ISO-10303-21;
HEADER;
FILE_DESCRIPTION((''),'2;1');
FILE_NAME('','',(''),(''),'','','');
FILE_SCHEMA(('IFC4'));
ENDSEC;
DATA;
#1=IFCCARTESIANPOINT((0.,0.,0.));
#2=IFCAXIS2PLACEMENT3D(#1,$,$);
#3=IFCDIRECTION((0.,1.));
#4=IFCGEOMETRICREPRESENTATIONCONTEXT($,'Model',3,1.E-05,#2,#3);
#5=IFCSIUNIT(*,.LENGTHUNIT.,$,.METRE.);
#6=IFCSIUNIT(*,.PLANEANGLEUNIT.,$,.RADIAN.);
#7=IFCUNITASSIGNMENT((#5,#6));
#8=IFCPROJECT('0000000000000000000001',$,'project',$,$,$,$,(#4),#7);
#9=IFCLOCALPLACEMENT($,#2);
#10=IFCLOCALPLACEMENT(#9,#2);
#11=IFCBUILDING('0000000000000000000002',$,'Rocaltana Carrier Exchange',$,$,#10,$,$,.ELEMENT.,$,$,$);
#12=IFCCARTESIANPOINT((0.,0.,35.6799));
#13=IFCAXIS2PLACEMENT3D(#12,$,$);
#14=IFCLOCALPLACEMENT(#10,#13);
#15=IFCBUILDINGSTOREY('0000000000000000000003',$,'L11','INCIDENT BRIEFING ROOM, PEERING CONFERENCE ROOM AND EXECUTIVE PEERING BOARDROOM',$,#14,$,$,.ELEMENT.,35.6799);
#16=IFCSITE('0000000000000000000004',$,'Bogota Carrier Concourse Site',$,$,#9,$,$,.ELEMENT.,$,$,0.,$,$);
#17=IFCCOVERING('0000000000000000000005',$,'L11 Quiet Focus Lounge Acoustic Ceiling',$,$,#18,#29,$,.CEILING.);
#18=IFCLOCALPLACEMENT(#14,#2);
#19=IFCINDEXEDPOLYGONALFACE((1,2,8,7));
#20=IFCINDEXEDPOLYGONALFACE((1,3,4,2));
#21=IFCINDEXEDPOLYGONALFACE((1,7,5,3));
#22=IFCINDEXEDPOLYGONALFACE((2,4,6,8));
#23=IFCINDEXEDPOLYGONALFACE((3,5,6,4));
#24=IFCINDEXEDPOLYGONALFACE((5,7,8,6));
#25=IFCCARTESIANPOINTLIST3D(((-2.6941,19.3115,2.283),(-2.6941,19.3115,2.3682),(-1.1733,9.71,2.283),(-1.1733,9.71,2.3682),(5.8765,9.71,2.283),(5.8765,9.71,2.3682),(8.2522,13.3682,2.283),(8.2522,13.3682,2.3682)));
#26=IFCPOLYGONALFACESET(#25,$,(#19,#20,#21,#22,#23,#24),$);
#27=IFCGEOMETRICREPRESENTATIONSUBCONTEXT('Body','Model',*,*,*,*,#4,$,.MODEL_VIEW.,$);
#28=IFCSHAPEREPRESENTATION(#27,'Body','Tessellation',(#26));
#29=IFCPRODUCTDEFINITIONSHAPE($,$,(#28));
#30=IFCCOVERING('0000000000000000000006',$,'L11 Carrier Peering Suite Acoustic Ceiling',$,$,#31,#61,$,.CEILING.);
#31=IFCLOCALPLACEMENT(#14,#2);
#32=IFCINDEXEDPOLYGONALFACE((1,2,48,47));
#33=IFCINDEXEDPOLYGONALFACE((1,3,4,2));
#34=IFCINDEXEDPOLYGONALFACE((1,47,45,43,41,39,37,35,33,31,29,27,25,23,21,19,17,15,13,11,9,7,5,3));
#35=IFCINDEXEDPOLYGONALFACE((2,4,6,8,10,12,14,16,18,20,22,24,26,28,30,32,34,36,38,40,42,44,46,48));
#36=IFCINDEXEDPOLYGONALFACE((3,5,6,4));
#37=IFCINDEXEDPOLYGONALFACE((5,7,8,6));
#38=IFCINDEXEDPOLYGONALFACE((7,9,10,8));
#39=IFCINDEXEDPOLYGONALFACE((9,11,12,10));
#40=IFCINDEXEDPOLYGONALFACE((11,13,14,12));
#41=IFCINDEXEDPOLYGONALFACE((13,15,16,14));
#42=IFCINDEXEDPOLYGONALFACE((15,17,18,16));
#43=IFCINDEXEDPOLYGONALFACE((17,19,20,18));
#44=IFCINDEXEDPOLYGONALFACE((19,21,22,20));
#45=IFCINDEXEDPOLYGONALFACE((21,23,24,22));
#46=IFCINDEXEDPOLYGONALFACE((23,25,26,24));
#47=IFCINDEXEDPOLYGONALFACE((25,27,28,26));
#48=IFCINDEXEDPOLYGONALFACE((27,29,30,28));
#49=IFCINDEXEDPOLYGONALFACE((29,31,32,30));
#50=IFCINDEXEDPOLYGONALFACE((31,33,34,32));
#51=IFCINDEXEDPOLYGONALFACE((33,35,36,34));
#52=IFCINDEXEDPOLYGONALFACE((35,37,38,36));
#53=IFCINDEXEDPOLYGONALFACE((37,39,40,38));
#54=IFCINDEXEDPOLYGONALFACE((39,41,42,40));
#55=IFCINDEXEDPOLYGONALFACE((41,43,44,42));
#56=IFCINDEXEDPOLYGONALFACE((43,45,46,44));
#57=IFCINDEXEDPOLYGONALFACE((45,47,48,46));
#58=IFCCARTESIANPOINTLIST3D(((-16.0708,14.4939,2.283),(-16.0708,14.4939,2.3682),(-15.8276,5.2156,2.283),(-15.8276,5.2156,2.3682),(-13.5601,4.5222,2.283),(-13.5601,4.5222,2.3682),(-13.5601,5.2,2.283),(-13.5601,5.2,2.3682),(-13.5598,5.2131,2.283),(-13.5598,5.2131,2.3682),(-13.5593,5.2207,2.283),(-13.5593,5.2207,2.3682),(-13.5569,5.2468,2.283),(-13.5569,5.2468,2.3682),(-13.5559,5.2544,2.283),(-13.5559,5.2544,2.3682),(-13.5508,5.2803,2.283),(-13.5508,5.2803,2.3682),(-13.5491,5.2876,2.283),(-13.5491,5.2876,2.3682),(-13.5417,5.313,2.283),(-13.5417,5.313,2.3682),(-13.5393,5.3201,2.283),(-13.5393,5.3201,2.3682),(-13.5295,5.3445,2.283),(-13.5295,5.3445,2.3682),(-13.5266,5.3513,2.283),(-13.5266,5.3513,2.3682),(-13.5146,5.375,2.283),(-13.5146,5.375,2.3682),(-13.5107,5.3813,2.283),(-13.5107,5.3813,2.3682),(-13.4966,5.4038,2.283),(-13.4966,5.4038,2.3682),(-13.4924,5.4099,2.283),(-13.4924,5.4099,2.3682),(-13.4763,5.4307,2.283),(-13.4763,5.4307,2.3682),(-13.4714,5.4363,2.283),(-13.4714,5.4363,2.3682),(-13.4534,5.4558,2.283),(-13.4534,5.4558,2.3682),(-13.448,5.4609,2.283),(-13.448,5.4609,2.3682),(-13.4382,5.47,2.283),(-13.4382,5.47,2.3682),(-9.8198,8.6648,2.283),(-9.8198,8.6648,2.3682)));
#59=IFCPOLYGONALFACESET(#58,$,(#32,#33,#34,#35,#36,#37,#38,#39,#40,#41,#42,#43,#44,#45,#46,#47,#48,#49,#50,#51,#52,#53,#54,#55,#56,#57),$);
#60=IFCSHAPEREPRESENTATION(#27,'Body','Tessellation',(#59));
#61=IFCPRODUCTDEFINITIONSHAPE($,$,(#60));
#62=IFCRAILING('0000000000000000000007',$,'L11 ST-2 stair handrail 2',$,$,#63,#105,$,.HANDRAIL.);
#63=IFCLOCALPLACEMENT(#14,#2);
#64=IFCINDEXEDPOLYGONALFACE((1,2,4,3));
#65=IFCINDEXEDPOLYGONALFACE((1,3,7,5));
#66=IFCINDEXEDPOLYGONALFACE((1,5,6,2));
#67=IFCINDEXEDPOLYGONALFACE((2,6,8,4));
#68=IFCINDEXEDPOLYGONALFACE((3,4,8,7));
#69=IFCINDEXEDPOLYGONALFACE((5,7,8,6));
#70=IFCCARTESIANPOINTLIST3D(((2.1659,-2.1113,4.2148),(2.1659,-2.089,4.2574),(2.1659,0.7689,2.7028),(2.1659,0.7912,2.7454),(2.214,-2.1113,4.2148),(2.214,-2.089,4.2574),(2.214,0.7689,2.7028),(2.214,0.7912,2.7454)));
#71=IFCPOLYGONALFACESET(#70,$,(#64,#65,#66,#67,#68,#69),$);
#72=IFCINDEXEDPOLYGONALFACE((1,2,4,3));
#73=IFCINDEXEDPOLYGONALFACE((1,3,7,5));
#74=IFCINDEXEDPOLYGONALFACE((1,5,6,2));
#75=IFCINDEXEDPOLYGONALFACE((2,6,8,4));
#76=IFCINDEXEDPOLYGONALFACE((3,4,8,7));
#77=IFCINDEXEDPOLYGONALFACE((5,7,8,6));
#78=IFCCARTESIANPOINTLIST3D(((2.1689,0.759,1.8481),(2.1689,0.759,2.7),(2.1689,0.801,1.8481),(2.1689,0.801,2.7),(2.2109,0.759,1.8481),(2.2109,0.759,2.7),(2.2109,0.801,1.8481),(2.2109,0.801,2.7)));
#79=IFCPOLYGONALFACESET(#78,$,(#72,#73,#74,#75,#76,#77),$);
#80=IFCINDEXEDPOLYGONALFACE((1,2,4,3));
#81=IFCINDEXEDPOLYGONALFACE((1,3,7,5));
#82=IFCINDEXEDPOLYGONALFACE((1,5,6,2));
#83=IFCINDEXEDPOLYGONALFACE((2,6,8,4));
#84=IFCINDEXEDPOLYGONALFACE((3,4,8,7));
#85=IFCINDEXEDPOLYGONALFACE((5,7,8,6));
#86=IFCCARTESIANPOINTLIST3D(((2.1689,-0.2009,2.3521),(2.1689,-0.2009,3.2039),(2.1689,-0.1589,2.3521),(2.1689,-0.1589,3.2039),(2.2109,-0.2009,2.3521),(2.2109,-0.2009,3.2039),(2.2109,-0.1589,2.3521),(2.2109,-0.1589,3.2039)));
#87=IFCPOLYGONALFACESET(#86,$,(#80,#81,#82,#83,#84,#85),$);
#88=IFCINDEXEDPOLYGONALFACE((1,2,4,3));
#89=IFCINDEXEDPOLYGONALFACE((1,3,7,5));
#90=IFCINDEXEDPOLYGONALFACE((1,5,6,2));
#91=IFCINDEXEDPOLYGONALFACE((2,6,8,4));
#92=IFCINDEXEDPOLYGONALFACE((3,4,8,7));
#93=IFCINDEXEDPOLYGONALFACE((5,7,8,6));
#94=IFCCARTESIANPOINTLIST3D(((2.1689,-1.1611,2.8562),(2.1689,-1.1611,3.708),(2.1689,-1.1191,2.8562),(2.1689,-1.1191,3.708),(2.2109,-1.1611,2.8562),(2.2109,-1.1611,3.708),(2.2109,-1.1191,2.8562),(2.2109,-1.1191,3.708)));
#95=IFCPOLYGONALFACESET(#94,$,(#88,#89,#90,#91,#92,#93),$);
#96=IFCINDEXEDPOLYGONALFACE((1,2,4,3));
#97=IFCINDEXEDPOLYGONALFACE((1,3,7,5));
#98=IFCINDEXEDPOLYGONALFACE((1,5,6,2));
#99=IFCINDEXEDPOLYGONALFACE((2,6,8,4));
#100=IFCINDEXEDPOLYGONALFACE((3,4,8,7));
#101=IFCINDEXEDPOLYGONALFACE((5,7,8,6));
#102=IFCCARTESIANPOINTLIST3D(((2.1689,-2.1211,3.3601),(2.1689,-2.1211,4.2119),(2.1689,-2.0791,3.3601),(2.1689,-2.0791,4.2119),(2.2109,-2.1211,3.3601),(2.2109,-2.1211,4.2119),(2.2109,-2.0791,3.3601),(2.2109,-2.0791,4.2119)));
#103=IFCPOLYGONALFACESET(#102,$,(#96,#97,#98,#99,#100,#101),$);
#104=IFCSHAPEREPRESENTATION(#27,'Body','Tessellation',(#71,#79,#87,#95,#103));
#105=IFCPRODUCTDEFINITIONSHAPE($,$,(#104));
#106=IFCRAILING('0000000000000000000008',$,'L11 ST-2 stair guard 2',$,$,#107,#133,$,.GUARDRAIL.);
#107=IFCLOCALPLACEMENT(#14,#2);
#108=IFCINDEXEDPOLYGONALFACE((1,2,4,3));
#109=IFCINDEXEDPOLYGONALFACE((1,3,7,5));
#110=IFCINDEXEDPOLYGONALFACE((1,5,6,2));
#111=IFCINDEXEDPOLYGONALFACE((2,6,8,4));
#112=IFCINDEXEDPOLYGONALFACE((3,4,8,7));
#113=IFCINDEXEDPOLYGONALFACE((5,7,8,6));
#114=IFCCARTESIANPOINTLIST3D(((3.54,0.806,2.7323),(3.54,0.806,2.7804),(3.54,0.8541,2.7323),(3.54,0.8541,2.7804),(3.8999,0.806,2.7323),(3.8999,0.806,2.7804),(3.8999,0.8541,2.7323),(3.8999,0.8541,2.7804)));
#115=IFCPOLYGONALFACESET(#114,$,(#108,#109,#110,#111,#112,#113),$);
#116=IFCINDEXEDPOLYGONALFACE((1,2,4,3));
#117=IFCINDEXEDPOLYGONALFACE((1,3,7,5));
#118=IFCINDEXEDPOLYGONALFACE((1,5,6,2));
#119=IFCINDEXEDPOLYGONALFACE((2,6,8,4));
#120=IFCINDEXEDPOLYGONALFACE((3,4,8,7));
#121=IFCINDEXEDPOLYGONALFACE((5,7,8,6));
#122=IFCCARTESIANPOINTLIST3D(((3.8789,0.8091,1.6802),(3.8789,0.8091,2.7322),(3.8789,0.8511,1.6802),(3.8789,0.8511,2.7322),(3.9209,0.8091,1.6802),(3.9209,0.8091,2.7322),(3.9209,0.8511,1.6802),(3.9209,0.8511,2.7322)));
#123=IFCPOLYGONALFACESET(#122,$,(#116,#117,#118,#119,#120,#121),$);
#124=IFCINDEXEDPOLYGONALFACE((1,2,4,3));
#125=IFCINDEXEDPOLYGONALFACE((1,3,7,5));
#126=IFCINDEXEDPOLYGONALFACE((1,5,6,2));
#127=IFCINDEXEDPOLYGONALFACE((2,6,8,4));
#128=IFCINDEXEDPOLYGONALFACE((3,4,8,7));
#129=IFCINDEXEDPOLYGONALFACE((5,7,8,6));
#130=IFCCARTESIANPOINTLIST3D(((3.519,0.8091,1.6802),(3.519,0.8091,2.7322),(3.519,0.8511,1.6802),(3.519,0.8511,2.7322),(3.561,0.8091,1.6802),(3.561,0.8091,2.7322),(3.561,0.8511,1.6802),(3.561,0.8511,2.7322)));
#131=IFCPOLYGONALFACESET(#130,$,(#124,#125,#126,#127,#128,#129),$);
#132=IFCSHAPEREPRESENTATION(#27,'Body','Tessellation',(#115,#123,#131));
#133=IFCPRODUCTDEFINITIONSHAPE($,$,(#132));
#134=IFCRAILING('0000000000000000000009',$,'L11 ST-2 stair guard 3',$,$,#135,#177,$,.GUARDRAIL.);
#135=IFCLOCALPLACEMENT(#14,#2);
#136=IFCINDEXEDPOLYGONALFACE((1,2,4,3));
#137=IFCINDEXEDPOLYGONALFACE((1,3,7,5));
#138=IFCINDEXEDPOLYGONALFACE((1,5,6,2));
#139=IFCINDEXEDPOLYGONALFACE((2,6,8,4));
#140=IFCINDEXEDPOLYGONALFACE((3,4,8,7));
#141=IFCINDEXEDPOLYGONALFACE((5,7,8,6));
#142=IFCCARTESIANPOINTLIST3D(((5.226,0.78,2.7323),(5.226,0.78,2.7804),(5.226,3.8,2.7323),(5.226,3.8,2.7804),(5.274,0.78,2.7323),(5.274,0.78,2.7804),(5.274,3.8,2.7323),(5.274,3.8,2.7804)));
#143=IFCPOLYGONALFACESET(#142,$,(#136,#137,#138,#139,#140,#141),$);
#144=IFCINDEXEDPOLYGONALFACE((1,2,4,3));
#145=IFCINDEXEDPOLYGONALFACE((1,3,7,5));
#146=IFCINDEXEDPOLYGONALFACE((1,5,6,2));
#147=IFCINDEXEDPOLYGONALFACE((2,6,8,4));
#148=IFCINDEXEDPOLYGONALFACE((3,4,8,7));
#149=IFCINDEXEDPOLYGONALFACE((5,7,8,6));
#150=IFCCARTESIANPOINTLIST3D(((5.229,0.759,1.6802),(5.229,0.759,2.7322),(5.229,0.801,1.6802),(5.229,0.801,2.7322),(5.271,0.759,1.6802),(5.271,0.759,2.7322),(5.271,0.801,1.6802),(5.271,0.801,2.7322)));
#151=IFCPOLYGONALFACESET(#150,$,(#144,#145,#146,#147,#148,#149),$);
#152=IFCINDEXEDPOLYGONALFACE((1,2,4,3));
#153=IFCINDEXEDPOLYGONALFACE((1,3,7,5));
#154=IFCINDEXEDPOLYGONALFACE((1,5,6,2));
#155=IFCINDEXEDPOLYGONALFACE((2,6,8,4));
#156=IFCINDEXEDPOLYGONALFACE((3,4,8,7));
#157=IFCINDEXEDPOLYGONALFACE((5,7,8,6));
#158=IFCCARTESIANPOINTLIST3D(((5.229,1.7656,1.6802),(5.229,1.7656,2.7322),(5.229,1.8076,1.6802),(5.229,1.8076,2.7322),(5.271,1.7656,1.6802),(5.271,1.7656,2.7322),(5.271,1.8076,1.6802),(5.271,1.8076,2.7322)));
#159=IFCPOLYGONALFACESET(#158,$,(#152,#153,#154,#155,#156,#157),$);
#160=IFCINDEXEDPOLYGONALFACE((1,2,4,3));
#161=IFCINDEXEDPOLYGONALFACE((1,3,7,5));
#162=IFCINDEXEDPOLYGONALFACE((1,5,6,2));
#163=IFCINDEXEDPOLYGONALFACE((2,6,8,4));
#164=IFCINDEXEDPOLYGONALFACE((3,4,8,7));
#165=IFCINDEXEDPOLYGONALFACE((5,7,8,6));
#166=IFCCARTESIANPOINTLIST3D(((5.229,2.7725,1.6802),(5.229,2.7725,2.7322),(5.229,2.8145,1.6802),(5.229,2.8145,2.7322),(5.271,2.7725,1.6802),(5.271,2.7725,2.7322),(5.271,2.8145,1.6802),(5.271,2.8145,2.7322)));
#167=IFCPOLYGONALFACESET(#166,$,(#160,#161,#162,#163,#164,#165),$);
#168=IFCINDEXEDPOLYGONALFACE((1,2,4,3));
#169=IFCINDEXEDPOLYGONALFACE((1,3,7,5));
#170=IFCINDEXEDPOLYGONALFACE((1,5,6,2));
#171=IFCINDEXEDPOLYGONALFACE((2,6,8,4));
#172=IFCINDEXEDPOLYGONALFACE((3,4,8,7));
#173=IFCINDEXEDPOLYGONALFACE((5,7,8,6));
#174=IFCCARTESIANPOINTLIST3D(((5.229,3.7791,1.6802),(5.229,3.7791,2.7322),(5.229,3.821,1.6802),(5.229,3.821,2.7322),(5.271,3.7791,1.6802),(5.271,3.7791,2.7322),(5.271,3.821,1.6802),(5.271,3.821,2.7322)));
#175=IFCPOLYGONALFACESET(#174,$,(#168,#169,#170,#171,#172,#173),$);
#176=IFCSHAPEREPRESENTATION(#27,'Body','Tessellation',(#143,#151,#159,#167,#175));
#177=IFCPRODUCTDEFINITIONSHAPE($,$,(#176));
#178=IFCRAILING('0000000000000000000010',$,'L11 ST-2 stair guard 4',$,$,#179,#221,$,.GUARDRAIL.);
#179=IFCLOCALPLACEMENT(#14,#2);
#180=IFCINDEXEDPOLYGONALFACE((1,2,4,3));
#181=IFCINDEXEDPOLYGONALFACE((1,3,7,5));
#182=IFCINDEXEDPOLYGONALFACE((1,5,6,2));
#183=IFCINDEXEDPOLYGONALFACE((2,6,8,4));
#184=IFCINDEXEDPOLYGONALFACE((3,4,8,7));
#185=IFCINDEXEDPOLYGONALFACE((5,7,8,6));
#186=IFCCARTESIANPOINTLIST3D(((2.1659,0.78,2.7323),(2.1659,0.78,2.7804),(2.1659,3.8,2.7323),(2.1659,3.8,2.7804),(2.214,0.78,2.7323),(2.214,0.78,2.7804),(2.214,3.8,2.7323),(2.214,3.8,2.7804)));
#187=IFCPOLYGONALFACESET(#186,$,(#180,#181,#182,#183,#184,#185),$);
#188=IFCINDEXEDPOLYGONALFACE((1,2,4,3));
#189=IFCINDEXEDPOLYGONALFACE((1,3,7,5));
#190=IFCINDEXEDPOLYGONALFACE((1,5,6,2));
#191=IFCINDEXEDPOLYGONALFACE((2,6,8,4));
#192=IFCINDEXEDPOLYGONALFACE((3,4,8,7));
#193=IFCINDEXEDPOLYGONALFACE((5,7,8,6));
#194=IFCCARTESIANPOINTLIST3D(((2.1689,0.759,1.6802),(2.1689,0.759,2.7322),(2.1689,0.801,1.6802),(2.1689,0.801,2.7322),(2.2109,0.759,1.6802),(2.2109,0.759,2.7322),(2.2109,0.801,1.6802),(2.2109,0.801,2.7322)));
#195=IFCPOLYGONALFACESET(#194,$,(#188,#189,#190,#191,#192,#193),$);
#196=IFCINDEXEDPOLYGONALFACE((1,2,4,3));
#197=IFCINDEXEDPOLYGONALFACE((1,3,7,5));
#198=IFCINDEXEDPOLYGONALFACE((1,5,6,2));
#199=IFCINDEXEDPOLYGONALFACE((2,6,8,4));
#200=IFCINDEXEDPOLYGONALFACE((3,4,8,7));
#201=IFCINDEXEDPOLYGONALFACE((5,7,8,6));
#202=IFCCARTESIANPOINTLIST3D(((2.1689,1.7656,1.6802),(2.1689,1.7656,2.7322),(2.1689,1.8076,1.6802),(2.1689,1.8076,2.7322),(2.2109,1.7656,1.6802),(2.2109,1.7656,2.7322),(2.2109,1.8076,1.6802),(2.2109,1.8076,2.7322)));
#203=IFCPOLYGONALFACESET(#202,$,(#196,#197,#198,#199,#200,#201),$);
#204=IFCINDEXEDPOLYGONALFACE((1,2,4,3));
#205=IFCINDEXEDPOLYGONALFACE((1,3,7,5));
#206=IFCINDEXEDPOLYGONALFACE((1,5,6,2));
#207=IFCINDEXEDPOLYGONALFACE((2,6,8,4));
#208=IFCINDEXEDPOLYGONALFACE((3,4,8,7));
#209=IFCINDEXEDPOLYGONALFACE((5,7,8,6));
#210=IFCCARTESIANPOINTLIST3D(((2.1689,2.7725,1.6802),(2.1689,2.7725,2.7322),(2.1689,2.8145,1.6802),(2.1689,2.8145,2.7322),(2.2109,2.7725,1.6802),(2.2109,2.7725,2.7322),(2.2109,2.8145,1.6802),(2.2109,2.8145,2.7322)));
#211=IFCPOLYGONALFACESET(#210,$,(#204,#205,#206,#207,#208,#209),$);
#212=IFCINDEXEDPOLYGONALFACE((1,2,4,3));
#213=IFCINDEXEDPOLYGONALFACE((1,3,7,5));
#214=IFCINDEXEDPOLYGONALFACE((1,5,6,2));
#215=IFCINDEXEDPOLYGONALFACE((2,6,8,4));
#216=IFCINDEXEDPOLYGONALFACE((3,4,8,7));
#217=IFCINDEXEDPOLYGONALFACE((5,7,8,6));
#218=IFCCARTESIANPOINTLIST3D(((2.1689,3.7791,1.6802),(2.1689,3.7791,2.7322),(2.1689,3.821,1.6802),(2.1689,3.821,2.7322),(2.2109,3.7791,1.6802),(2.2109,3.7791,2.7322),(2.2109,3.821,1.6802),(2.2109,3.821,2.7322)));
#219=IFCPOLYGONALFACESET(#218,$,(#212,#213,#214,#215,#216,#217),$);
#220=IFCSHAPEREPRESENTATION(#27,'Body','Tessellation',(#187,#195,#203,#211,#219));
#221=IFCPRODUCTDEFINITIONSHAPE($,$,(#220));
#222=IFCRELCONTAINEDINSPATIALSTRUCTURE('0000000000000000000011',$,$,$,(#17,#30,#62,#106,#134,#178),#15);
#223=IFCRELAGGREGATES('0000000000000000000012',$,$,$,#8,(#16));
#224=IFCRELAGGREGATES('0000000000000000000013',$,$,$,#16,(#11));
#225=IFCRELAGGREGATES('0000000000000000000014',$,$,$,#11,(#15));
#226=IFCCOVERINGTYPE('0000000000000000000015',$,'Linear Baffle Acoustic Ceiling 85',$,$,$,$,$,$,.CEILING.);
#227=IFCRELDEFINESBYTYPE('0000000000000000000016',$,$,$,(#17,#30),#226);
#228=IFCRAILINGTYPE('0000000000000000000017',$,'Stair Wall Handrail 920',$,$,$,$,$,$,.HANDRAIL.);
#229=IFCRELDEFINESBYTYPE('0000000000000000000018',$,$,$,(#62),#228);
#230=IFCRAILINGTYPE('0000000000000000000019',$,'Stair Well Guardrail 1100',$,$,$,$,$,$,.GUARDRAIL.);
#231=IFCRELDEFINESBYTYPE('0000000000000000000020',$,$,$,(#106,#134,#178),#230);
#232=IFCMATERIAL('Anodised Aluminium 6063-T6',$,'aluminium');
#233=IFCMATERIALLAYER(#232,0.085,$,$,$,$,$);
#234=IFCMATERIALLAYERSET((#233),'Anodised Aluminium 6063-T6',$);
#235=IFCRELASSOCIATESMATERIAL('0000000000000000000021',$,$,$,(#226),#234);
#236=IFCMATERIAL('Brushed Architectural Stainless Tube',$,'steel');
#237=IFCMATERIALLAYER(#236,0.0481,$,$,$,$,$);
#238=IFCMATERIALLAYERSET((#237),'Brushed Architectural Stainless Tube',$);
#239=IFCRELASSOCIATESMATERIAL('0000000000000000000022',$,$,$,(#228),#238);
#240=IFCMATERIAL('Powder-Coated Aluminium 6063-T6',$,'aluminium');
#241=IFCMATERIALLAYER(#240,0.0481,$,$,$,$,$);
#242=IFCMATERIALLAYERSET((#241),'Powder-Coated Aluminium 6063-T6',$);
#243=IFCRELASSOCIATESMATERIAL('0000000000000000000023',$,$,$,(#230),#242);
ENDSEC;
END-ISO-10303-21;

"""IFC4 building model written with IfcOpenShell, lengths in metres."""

from ifc_helpers import new_model, si_unit, direction, frame, origin, origin_2d, place, context, subcontext, project, spatial, polyline, rectangle, outline, extrude, material, layer, layer_set, type_object, element, save


model = new_model("IFC4")

# Units and contexts
model_context = context("Model", 3, precision=1e-05, world=origin(), true_north=direction((0.0, 1.0)))
body_context = subcontext(model_context, "Body", "Model", "MODEL_VIEW")
ifc_project = project(units=[si_unit("LENGTHUNIT", "METRE"), si_unit("PLANEANGLEUNIT", "RADIAN")], contexts=[model_context])

# Site, building, storey
site_placement = place(None, origin())
site = spatial("IfcSite", under=ifc_project, at=site_placement, Name="Bogota Carrier Concourse Site", CompositionType="ELEMENT", RefElevation=0.0)
building_placement = place(site_placement, origin())
building = spatial("IfcBuilding", under=site, at=building_placement, Name="Rocaltana Carrier Exchange", CompositionType="ELEMENT")
storey_placement = place(building_placement, frame((0.0, 0.0, 35.6799)))
storey = spatial("IfcBuildingStorey", under=building, at=storey_placement, Name="L11", Description="INCIDENT BRIEFING ROOM, PEERING CONFERENCE ROOM AND EXECUTIVE PEERING BOARDROOM", CompositionType="ELEMENT", Elevation=35.6799)

# Coverings
ifc_material_1 = material(Name="Anodised Aluminium 6063-T6", Category="aluminium")
ifc_layer_1 = layer(ifc_material_1, 0.085)
ifc_layer_set_1 = layer_set([ifc_layer_1], Name="Anodised Aluminium 6063-T6")
covering_type_1 = type_object("IfcCoveringType", Name="Linear Baffle Acoustic Ceiling 85", PredefinedType="CEILING", material=ifc_layer_set_1)
covering_1_placement = place(storey_placement, frame((0.0, 0.0, 2.283)))
element("IfcCovering", 1, at=covering_1_placement, inside=storey, type_object=covering_type_1, Name="L11 Quiet Focus Lounge Acoustic Ceiling", PredefinedType="CEILING", context=body_context, shape_type="SweptSolid", body=[
    extrude(outline(polyline([(8.2522, 13.3682), (5.8765, 9.71), (-1.1733, 9.71), (-2.6941, 19.3115), (8.2522, 13.3682)])), origin(), (0.0, 0.0, 1.0), 0.0852),
])
covering_2_placement = place(storey_placement, frame((0.0, 0.0, 2.283)))
element("IfcCovering", 2, at=covering_2_placement, inside=storey, type_object=covering_type_1, Name="L11 Carrier Peering Suite Acoustic Ceiling", PredefinedType="CEILING", context=body_context, shape_type="SweptSolid", body=[
    extrude(outline(polyline([(-16.0708, 14.4939), (-9.8198, 8.6648), (-13.4382, 5.47), (-13.448, 5.4609), (-13.4534, 5.4558), (-13.4714, 5.4363), (-13.4763, 5.4307), (-13.4924, 5.4099), (-13.4966, 5.4038), (-13.5107, 5.3813), (-13.5146, 5.375), (-13.5266, 5.3513), (-13.5295, 5.3445), (-13.5393, 5.3201), (-13.5417, 5.313), (-13.5491, 5.2876), (-13.5508, 5.2803), (-13.5559, 5.2544), (-13.5569, 5.2468), (-13.5593, 5.2207), (-13.5598, 5.2131), (-13.5601, 5.2), (-13.5601, 4.5222), (-15.8276, 5.2156), (-16.0708, 14.4939)])), origin(), (0.0, 0.0, 1.0), 0.0852),
])

# Railings
ifc_material_2 = material(Name="Brushed Architectural Stainless Tube", Category="steel")
ifc_layer_2 = layer(ifc_material_2, 0.0481)
ifc_layer_set_2 = layer_set([ifc_layer_2], Name="Brushed Architectural Stainless Tube")
railing_type_1 = type_object("IfcRailingType", Name="Stair Wall Handrail 920", PredefinedType="HANDRAIL", material=ifc_layer_set_2)
railing_1_placement = place(storey_placement, frame((2.1899, 0.78, 1.8481)))
element("IfcRailing", 3, at=railing_1_placement, inside=storey, type_object=railing_type_1, Name="L11 ST-2 stair handrail 2", PredefinedType="HANDRAIL", context=body_context, shape_type="SweptSolid", body=[
    extrude(rectangle(XDim=0.0481, YDim=0.0481, at=origin_2d()), frame((0.0, 0.0, 0.876), z_axis=(0.0, -0.885411, 0.464809), x_axis=(1.0, 0.0, 0.0)), (0.0, 0.0, 1.0), 3.2529),
    extrude(rectangle(XDim=0.042, YDim=0.042, at=origin_2d()), origin(), (0.0, 0.0, 1.0), 0.8518),
    extrude(rectangle(XDim=0.042, YDim=0.042, at=origin_2d()), frame((0.0, -0.96, 0.5039)), (0.0, 0.0, 1.0), 0.8518),
    extrude(rectangle(XDim=0.042, YDim=0.042, at=origin_2d()), frame((0.0, -1.9202, 1.0081)), (0.0, 0.0, 1.0), 0.8518),
    extrude(rectangle(XDim=0.042, YDim=0.042, at=origin_2d()), frame((0.0, -2.8801, 1.512)), (0.0, 0.0, 1.0), 0.8518),
])
ifc_material_3 = material(Name="Powder-Coated Aluminium 6063-T6", Category="aluminium")
ifc_layer_3 = layer(ifc_material_3, 0.0481)
ifc_layer_set_3 = layer_set([ifc_layer_3], Name="Powder-Coated Aluminium 6063-T6")
railing_type_2 = type_object("IfcRailingType", Name="Stair Well Guardrail 1100", PredefinedType="GUARDRAIL", material=ifc_layer_set_3)
railing_2_placement = place(storey_placement, frame((3.8999, 0.8301, 1.6802)))
element("IfcRailing", 4, at=railing_2_placement, inside=storey, type_object=railing_type_2, Name="L11 ST-2 stair guard 2", PredefinedType="GUARDRAIL", context=body_context, shape_type="SweptSolid", body=[
    extrude(rectangle(XDim=0.0481, YDim=0.0481, at=origin_2d()), frame((0.0, 0.0, 1.0762), z_axis=(-1.0, 0.0, 0.0), x_axis=(0.0, -1.0, 0.0)), (0.0, 0.0, 1.0), 0.3599),
    extrude(rectangle(XDim=0.042, YDim=0.042, at=origin_2d()), origin(), (0.0, 0.0, 1.0), 1.052),
    extrude(rectangle(XDim=0.042, YDim=0.042, at=origin_2d()), frame((-0.3599, 0.0, 0.0)), (0.0, 0.0, 1.0), 1.052),
])
for number, where, name in (
    (5, (5.25, 0.78, 1.6802), "L11 ST-2 stair guard 3"),
    (6, (2.1899, 0.78, 1.6802), "L11 ST-2 stair guard 4"),
):
    element("IfcRailing", number, at=place(storey_placement, frame(where)), inside=storey, type_object=railing_type_2, Name=name, PredefinedType="GUARDRAIL", context=body_context, shape_type="SweptSolid", body=[
        extrude(rectangle(XDim=0.0481, YDim=0.0481, at=origin_2d()), frame((0.0, 0.0, 1.0762), z_axis=(0.0, 1.0, 0.0), x_axis=(-1.0, 0.0, 0.0)), (0.0, 0.0, 1.0), 3.02),
        extrude(rectangle(XDim=0.042, YDim=0.042, at=origin_2d()), origin(), (0.0, 0.0, 1.0), 1.052),
        extrude(rectangle(XDim=0.042, YDim=0.042, at=origin_2d()), frame((0.0, 1.0066, 0.0)), (0.0, 0.0, 1.0), 1.052),
        extrude(rectangle(XDim=0.042, YDim=0.042, at=origin_2d()), frame((0.0, 2.0134, 0.0)), (0.0, 0.0, 1.0), 1.052),
        extrude(rectangle(XDim=0.042, YDim=0.042, at=origin_2d()), frame((0.0, 3.02, 0.0)), (0.0, 0.0, 1.0), 1.052),
    ])

save(model, "model.ifc")
